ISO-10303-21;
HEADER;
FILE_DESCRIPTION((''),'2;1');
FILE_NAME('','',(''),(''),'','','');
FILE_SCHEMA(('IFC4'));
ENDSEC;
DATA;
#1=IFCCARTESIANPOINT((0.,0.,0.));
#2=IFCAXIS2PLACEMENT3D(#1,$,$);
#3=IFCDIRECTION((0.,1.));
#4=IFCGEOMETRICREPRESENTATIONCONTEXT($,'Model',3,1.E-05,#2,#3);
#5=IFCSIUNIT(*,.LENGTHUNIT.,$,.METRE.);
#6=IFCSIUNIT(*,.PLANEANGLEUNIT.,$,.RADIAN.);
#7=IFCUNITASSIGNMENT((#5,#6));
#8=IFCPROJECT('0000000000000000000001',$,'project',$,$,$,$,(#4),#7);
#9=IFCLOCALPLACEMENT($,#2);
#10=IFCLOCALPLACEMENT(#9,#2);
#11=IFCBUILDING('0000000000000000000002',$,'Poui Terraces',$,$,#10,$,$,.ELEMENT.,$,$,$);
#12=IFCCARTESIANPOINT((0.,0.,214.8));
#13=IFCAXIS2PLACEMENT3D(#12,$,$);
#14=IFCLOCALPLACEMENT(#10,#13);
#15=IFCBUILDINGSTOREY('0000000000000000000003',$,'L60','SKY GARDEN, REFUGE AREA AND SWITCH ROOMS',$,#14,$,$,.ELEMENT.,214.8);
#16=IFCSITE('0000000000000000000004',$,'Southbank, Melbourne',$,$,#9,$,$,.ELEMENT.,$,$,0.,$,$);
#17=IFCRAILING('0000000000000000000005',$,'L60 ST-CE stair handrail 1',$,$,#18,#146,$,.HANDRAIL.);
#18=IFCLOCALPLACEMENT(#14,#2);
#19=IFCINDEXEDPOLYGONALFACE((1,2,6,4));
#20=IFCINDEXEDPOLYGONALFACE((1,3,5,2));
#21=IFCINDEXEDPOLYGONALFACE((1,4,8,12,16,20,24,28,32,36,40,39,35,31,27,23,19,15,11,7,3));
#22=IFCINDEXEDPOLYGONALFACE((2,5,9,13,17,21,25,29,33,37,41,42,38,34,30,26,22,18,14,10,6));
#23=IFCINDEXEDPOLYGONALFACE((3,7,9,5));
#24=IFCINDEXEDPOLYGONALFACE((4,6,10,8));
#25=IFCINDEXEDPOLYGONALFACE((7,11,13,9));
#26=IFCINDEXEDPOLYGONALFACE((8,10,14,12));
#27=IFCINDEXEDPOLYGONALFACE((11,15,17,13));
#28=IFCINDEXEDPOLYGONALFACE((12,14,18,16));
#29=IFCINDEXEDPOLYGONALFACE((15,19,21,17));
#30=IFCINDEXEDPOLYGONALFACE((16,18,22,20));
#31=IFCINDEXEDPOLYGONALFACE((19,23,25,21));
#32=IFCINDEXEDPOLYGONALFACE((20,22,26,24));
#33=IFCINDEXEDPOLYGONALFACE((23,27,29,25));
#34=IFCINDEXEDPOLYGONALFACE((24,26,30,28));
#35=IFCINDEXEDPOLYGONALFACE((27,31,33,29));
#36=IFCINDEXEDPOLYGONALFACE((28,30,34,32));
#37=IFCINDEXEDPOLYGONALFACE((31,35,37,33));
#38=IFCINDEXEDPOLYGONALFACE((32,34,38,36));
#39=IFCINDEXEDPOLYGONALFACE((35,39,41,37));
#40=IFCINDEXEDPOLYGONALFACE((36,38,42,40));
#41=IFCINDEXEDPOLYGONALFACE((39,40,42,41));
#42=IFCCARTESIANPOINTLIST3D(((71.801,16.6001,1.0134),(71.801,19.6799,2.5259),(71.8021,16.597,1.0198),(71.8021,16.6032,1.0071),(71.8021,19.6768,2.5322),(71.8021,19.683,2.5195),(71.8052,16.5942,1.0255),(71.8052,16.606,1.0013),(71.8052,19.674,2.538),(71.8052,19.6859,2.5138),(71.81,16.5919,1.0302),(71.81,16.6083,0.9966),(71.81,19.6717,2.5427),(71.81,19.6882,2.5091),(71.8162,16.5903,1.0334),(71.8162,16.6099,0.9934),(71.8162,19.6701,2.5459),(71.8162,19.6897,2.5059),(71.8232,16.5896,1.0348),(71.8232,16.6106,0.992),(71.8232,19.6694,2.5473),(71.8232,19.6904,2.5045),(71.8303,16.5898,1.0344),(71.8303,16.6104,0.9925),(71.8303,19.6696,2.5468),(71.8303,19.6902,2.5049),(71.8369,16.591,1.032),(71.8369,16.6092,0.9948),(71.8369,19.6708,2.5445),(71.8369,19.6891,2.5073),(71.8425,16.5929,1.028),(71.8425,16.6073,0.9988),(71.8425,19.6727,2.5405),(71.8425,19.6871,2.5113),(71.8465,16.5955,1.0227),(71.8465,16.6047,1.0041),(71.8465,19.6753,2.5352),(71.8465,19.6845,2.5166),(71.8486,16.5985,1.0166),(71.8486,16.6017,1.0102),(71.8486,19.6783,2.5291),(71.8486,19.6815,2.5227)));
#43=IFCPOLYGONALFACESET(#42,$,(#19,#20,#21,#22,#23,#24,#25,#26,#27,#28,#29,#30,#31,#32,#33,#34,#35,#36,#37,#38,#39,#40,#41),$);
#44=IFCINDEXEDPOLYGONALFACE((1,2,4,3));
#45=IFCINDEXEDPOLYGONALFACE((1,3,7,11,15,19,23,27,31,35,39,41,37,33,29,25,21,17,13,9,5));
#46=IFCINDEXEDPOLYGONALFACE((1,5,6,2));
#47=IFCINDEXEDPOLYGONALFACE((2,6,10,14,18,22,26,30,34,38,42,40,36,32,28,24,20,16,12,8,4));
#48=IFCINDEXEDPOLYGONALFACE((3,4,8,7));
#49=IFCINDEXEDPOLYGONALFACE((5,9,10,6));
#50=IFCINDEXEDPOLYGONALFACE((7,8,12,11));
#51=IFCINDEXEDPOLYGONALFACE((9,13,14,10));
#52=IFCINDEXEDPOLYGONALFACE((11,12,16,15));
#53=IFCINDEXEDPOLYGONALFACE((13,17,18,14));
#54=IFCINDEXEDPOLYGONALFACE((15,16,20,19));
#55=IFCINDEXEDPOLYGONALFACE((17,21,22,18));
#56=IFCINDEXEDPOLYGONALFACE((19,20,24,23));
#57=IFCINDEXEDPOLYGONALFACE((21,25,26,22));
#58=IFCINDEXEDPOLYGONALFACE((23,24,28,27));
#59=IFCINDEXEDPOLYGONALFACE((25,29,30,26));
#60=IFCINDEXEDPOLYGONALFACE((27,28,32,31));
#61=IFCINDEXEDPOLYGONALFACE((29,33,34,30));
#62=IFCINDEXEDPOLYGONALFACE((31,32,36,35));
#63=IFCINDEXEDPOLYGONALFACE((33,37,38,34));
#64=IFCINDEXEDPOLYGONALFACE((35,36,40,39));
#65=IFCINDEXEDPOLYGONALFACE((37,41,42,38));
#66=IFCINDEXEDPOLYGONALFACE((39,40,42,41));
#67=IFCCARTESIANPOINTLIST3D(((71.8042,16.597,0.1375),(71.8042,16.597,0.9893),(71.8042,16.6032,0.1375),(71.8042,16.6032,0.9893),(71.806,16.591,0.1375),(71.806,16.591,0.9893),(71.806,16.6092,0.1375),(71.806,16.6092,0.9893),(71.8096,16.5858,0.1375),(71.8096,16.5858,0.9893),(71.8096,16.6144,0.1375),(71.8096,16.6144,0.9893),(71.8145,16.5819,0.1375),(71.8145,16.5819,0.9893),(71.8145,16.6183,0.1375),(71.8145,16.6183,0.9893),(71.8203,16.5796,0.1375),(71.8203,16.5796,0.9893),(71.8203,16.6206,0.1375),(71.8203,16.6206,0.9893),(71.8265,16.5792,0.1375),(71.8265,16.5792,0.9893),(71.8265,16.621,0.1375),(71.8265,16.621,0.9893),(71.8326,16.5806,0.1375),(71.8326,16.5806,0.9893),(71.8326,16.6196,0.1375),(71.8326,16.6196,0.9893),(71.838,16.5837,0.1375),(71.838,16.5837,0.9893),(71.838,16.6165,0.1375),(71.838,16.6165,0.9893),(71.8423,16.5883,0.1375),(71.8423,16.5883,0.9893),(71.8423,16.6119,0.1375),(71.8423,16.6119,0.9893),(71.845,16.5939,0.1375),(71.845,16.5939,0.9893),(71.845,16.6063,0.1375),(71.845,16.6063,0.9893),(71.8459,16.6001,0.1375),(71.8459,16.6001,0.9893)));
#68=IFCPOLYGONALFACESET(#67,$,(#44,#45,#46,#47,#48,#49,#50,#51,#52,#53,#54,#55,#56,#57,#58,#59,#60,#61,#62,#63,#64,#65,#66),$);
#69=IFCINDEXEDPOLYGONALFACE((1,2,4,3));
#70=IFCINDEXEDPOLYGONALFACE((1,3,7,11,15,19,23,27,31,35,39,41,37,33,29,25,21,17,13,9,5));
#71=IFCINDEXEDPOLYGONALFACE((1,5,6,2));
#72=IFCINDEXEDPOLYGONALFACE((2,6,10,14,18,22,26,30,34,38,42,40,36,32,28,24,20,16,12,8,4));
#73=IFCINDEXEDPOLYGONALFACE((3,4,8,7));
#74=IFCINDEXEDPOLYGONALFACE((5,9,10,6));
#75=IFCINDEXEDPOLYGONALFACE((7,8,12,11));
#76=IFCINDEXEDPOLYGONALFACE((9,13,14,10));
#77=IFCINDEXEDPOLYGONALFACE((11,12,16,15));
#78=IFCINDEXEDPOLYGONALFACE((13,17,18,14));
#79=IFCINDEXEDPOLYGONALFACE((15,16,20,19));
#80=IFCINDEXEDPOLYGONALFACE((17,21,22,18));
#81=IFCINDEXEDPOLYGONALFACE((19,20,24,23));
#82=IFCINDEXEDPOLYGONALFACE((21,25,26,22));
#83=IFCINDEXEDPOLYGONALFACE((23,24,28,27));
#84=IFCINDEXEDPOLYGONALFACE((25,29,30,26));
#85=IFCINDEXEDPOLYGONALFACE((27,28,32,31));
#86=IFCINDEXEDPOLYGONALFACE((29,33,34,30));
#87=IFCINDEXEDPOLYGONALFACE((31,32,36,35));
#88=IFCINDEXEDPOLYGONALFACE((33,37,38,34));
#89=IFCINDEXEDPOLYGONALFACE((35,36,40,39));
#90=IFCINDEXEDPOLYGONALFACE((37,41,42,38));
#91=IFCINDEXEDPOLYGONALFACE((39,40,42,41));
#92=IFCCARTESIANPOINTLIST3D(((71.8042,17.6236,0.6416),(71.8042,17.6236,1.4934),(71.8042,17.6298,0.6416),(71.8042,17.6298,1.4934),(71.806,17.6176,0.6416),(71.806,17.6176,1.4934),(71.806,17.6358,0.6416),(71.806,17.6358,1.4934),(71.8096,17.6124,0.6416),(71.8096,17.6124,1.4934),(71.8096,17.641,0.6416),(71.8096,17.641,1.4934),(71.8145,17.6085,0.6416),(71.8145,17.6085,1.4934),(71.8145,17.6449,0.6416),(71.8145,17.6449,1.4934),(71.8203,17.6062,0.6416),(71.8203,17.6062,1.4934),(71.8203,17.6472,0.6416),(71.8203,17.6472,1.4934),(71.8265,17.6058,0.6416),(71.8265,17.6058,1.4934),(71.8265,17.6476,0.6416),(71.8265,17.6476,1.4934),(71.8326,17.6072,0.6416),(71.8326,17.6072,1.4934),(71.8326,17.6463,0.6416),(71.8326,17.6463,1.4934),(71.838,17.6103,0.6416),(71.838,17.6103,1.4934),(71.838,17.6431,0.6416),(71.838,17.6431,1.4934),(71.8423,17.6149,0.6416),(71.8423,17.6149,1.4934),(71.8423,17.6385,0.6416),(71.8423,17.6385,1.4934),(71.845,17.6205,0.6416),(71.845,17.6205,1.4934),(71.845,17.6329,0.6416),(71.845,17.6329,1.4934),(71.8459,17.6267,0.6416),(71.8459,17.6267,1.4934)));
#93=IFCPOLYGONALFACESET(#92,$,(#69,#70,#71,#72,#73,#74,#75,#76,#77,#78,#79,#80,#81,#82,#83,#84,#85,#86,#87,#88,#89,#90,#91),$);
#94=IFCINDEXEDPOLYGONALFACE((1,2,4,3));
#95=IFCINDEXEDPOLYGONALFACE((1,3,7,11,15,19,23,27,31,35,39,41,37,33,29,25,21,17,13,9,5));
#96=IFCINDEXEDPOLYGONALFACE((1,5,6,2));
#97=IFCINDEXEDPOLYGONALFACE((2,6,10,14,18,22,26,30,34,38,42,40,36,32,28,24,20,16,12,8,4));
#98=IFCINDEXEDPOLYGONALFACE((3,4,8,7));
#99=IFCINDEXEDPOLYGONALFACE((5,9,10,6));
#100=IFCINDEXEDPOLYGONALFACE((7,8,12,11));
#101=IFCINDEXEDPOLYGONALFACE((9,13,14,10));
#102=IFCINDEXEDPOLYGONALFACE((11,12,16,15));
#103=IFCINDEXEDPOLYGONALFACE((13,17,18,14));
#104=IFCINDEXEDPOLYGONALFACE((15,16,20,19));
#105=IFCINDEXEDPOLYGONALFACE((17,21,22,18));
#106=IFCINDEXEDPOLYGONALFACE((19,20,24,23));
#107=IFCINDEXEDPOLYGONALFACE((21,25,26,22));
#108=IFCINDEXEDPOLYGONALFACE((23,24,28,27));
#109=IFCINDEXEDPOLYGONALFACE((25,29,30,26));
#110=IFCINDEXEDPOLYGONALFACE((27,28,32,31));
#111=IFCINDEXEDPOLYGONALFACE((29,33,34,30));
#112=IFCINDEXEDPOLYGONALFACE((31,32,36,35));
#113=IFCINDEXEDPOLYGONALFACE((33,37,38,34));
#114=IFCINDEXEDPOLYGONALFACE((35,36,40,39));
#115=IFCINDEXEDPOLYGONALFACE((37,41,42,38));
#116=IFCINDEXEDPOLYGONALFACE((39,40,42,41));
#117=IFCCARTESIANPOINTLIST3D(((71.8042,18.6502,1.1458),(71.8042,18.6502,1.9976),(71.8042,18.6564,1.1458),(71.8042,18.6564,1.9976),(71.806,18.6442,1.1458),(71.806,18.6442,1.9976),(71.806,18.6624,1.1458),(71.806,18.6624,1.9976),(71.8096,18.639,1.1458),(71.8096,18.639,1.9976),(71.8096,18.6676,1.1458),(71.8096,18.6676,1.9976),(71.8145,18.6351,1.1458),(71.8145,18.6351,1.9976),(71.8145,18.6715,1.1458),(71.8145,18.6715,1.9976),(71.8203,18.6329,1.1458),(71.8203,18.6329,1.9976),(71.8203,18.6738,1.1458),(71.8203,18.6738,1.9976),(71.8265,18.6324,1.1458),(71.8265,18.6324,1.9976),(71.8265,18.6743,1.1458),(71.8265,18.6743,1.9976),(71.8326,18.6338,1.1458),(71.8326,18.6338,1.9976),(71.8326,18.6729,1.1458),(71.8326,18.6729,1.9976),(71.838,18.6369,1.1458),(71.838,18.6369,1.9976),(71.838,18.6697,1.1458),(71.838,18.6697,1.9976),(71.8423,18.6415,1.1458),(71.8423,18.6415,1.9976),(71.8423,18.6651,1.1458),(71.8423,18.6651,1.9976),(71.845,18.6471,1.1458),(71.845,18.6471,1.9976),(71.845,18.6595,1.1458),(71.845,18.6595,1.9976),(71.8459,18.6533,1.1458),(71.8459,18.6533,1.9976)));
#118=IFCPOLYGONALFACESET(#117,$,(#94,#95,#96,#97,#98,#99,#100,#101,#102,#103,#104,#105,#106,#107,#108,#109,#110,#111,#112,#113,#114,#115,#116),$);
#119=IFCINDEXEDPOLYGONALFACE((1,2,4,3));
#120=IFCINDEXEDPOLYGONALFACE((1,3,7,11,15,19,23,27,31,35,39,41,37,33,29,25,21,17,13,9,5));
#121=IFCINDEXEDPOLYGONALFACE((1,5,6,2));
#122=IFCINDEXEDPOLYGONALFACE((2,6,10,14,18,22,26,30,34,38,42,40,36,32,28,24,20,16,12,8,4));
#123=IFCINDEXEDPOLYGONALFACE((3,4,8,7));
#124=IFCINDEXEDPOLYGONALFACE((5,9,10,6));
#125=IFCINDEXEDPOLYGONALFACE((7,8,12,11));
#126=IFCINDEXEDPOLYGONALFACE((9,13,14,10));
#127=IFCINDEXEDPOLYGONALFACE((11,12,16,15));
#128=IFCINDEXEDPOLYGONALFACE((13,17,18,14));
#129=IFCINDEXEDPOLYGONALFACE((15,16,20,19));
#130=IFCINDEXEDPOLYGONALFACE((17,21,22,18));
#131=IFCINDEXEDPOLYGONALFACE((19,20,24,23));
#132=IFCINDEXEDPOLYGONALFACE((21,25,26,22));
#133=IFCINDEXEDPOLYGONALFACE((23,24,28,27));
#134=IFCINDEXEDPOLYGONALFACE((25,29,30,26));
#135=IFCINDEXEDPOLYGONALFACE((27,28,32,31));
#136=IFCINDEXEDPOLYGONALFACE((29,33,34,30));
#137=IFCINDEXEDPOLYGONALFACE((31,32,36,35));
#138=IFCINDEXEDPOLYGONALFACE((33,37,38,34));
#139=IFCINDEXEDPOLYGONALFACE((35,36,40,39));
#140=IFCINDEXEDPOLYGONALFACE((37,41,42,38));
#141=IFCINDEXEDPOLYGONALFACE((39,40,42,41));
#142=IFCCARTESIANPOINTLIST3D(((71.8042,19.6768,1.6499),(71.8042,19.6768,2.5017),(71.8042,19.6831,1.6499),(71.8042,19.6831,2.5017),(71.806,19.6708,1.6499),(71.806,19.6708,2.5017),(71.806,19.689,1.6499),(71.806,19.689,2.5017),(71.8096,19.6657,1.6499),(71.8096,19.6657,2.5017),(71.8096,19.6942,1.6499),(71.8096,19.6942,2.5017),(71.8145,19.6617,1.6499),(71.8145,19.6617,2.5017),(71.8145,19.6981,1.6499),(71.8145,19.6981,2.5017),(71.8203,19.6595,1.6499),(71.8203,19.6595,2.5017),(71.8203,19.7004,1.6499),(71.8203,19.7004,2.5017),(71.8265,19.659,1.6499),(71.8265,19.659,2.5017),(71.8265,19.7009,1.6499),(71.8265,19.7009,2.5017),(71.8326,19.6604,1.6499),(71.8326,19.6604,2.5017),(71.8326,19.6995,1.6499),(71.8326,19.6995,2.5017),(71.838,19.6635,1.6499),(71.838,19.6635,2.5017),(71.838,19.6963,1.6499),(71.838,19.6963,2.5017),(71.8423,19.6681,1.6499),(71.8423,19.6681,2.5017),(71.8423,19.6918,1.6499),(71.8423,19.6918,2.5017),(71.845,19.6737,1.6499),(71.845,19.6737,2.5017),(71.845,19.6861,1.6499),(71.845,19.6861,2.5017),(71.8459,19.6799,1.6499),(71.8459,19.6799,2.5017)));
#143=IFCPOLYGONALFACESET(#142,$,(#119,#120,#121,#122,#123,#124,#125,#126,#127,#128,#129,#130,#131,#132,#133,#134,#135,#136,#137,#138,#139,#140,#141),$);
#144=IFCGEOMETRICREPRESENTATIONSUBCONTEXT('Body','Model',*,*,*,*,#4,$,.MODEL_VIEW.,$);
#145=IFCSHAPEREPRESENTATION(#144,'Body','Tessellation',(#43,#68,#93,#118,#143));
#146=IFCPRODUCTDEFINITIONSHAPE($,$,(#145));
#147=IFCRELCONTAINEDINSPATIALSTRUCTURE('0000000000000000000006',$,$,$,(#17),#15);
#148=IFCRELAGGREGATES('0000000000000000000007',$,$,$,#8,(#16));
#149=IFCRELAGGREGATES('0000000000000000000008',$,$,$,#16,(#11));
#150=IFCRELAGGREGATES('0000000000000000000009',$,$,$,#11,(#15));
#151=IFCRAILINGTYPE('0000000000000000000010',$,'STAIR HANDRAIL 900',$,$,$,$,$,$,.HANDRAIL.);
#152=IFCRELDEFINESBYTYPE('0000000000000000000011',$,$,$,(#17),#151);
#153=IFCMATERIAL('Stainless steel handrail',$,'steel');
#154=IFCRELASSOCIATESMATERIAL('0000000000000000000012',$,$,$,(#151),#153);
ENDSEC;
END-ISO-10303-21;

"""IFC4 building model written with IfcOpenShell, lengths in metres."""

from ifc_helpers import new_model, si_unit, direction, frame, origin, origin_2d, place, context, subcontext, project, spatial, circle, extrude, material, type_object, element, save


model = new_model("IFC4")

# Units and contexts
model_context = context("Model", 3, precision=1e-05, world=origin(), true_north=direction((0.0, 1.0)))
body_context = subcontext(model_context, "Body", "Model", "MODEL_VIEW")
ifc_project = project(units=[si_unit("LENGTHUNIT", "METRE"), si_unit("PLANEANGLEUNIT", "RADIAN")], contexts=[model_context])

# Site, building, storey
site_placement = place(None, origin())
site = spatial("IfcSite", under=ifc_project, at=site_placement, Name="Southbank, Melbourne", CompositionType="ELEMENT", RefElevation=0.0)
building_placement = place(site_placement, origin())
building = spatial("IfcBuilding", under=site, at=building_placement, Name="Poui Terraces", CompositionType="ELEMENT")
storey_placement = place(building_placement, frame((0.0, 0.0, 214.8)))
storey = spatial("IfcBuildingStorey", under=building, at=storey_placement, Name="L60", Description="SKY GARDEN, REFUGE AREA AND SWITCH ROOMS", CompositionType="ELEMENT", Elevation=214.8)

# Railing
ifc_material_1 = material(Name="Stainless steel handrail", Category="steel")
railing_type_1 = type_object("IfcRailingType", Name="STAIR HANDRAIL 900", PredefinedType="HANDRAIL", material=ifc_material_1)
railing_1_placement = place(storey_placement, frame((71.825, 16.6001, 0.1375)))
element("IfcRailing", 1, at=railing_1_placement, inside=storey, type_object=railing_type_1, Name="L60 ST-CE stair handrail 1", PredefinedType="HANDRAIL", context=body_context, shape_type="SweptSolid", body=[
    extrude(circle(Radius=0.0239, at=origin_2d()), frame((0.0, 0.0, 0.876), z_axis=(0.0, 0.897606, 0.440798), x_axis=(-1.0, 0.0, 0.0)), (0.0, 0.0, 1.0), 3.4312),
    extrude(circle(Radius=0.021, at=origin_2d()), origin(), (0.0, 0.0, 1.0), 0.8518),
    extrude(circle(Radius=0.021, at=origin_2d()), frame((0.0, 1.0266, 0.5042)), (0.0, 0.0, 1.0), 0.8518),
    extrude(circle(Radius=0.021, at=origin_2d()), frame((0.0, 2.0532, 1.0083)), (0.0, 0.0, 1.0), 0.8518),
    extrude(circle(Radius=0.021, at=origin_2d()), frame((0.0, 3.0798, 1.5125)), (0.0, 0.0, 1.0), 0.8518),
])

save(model, "model.ifc")
